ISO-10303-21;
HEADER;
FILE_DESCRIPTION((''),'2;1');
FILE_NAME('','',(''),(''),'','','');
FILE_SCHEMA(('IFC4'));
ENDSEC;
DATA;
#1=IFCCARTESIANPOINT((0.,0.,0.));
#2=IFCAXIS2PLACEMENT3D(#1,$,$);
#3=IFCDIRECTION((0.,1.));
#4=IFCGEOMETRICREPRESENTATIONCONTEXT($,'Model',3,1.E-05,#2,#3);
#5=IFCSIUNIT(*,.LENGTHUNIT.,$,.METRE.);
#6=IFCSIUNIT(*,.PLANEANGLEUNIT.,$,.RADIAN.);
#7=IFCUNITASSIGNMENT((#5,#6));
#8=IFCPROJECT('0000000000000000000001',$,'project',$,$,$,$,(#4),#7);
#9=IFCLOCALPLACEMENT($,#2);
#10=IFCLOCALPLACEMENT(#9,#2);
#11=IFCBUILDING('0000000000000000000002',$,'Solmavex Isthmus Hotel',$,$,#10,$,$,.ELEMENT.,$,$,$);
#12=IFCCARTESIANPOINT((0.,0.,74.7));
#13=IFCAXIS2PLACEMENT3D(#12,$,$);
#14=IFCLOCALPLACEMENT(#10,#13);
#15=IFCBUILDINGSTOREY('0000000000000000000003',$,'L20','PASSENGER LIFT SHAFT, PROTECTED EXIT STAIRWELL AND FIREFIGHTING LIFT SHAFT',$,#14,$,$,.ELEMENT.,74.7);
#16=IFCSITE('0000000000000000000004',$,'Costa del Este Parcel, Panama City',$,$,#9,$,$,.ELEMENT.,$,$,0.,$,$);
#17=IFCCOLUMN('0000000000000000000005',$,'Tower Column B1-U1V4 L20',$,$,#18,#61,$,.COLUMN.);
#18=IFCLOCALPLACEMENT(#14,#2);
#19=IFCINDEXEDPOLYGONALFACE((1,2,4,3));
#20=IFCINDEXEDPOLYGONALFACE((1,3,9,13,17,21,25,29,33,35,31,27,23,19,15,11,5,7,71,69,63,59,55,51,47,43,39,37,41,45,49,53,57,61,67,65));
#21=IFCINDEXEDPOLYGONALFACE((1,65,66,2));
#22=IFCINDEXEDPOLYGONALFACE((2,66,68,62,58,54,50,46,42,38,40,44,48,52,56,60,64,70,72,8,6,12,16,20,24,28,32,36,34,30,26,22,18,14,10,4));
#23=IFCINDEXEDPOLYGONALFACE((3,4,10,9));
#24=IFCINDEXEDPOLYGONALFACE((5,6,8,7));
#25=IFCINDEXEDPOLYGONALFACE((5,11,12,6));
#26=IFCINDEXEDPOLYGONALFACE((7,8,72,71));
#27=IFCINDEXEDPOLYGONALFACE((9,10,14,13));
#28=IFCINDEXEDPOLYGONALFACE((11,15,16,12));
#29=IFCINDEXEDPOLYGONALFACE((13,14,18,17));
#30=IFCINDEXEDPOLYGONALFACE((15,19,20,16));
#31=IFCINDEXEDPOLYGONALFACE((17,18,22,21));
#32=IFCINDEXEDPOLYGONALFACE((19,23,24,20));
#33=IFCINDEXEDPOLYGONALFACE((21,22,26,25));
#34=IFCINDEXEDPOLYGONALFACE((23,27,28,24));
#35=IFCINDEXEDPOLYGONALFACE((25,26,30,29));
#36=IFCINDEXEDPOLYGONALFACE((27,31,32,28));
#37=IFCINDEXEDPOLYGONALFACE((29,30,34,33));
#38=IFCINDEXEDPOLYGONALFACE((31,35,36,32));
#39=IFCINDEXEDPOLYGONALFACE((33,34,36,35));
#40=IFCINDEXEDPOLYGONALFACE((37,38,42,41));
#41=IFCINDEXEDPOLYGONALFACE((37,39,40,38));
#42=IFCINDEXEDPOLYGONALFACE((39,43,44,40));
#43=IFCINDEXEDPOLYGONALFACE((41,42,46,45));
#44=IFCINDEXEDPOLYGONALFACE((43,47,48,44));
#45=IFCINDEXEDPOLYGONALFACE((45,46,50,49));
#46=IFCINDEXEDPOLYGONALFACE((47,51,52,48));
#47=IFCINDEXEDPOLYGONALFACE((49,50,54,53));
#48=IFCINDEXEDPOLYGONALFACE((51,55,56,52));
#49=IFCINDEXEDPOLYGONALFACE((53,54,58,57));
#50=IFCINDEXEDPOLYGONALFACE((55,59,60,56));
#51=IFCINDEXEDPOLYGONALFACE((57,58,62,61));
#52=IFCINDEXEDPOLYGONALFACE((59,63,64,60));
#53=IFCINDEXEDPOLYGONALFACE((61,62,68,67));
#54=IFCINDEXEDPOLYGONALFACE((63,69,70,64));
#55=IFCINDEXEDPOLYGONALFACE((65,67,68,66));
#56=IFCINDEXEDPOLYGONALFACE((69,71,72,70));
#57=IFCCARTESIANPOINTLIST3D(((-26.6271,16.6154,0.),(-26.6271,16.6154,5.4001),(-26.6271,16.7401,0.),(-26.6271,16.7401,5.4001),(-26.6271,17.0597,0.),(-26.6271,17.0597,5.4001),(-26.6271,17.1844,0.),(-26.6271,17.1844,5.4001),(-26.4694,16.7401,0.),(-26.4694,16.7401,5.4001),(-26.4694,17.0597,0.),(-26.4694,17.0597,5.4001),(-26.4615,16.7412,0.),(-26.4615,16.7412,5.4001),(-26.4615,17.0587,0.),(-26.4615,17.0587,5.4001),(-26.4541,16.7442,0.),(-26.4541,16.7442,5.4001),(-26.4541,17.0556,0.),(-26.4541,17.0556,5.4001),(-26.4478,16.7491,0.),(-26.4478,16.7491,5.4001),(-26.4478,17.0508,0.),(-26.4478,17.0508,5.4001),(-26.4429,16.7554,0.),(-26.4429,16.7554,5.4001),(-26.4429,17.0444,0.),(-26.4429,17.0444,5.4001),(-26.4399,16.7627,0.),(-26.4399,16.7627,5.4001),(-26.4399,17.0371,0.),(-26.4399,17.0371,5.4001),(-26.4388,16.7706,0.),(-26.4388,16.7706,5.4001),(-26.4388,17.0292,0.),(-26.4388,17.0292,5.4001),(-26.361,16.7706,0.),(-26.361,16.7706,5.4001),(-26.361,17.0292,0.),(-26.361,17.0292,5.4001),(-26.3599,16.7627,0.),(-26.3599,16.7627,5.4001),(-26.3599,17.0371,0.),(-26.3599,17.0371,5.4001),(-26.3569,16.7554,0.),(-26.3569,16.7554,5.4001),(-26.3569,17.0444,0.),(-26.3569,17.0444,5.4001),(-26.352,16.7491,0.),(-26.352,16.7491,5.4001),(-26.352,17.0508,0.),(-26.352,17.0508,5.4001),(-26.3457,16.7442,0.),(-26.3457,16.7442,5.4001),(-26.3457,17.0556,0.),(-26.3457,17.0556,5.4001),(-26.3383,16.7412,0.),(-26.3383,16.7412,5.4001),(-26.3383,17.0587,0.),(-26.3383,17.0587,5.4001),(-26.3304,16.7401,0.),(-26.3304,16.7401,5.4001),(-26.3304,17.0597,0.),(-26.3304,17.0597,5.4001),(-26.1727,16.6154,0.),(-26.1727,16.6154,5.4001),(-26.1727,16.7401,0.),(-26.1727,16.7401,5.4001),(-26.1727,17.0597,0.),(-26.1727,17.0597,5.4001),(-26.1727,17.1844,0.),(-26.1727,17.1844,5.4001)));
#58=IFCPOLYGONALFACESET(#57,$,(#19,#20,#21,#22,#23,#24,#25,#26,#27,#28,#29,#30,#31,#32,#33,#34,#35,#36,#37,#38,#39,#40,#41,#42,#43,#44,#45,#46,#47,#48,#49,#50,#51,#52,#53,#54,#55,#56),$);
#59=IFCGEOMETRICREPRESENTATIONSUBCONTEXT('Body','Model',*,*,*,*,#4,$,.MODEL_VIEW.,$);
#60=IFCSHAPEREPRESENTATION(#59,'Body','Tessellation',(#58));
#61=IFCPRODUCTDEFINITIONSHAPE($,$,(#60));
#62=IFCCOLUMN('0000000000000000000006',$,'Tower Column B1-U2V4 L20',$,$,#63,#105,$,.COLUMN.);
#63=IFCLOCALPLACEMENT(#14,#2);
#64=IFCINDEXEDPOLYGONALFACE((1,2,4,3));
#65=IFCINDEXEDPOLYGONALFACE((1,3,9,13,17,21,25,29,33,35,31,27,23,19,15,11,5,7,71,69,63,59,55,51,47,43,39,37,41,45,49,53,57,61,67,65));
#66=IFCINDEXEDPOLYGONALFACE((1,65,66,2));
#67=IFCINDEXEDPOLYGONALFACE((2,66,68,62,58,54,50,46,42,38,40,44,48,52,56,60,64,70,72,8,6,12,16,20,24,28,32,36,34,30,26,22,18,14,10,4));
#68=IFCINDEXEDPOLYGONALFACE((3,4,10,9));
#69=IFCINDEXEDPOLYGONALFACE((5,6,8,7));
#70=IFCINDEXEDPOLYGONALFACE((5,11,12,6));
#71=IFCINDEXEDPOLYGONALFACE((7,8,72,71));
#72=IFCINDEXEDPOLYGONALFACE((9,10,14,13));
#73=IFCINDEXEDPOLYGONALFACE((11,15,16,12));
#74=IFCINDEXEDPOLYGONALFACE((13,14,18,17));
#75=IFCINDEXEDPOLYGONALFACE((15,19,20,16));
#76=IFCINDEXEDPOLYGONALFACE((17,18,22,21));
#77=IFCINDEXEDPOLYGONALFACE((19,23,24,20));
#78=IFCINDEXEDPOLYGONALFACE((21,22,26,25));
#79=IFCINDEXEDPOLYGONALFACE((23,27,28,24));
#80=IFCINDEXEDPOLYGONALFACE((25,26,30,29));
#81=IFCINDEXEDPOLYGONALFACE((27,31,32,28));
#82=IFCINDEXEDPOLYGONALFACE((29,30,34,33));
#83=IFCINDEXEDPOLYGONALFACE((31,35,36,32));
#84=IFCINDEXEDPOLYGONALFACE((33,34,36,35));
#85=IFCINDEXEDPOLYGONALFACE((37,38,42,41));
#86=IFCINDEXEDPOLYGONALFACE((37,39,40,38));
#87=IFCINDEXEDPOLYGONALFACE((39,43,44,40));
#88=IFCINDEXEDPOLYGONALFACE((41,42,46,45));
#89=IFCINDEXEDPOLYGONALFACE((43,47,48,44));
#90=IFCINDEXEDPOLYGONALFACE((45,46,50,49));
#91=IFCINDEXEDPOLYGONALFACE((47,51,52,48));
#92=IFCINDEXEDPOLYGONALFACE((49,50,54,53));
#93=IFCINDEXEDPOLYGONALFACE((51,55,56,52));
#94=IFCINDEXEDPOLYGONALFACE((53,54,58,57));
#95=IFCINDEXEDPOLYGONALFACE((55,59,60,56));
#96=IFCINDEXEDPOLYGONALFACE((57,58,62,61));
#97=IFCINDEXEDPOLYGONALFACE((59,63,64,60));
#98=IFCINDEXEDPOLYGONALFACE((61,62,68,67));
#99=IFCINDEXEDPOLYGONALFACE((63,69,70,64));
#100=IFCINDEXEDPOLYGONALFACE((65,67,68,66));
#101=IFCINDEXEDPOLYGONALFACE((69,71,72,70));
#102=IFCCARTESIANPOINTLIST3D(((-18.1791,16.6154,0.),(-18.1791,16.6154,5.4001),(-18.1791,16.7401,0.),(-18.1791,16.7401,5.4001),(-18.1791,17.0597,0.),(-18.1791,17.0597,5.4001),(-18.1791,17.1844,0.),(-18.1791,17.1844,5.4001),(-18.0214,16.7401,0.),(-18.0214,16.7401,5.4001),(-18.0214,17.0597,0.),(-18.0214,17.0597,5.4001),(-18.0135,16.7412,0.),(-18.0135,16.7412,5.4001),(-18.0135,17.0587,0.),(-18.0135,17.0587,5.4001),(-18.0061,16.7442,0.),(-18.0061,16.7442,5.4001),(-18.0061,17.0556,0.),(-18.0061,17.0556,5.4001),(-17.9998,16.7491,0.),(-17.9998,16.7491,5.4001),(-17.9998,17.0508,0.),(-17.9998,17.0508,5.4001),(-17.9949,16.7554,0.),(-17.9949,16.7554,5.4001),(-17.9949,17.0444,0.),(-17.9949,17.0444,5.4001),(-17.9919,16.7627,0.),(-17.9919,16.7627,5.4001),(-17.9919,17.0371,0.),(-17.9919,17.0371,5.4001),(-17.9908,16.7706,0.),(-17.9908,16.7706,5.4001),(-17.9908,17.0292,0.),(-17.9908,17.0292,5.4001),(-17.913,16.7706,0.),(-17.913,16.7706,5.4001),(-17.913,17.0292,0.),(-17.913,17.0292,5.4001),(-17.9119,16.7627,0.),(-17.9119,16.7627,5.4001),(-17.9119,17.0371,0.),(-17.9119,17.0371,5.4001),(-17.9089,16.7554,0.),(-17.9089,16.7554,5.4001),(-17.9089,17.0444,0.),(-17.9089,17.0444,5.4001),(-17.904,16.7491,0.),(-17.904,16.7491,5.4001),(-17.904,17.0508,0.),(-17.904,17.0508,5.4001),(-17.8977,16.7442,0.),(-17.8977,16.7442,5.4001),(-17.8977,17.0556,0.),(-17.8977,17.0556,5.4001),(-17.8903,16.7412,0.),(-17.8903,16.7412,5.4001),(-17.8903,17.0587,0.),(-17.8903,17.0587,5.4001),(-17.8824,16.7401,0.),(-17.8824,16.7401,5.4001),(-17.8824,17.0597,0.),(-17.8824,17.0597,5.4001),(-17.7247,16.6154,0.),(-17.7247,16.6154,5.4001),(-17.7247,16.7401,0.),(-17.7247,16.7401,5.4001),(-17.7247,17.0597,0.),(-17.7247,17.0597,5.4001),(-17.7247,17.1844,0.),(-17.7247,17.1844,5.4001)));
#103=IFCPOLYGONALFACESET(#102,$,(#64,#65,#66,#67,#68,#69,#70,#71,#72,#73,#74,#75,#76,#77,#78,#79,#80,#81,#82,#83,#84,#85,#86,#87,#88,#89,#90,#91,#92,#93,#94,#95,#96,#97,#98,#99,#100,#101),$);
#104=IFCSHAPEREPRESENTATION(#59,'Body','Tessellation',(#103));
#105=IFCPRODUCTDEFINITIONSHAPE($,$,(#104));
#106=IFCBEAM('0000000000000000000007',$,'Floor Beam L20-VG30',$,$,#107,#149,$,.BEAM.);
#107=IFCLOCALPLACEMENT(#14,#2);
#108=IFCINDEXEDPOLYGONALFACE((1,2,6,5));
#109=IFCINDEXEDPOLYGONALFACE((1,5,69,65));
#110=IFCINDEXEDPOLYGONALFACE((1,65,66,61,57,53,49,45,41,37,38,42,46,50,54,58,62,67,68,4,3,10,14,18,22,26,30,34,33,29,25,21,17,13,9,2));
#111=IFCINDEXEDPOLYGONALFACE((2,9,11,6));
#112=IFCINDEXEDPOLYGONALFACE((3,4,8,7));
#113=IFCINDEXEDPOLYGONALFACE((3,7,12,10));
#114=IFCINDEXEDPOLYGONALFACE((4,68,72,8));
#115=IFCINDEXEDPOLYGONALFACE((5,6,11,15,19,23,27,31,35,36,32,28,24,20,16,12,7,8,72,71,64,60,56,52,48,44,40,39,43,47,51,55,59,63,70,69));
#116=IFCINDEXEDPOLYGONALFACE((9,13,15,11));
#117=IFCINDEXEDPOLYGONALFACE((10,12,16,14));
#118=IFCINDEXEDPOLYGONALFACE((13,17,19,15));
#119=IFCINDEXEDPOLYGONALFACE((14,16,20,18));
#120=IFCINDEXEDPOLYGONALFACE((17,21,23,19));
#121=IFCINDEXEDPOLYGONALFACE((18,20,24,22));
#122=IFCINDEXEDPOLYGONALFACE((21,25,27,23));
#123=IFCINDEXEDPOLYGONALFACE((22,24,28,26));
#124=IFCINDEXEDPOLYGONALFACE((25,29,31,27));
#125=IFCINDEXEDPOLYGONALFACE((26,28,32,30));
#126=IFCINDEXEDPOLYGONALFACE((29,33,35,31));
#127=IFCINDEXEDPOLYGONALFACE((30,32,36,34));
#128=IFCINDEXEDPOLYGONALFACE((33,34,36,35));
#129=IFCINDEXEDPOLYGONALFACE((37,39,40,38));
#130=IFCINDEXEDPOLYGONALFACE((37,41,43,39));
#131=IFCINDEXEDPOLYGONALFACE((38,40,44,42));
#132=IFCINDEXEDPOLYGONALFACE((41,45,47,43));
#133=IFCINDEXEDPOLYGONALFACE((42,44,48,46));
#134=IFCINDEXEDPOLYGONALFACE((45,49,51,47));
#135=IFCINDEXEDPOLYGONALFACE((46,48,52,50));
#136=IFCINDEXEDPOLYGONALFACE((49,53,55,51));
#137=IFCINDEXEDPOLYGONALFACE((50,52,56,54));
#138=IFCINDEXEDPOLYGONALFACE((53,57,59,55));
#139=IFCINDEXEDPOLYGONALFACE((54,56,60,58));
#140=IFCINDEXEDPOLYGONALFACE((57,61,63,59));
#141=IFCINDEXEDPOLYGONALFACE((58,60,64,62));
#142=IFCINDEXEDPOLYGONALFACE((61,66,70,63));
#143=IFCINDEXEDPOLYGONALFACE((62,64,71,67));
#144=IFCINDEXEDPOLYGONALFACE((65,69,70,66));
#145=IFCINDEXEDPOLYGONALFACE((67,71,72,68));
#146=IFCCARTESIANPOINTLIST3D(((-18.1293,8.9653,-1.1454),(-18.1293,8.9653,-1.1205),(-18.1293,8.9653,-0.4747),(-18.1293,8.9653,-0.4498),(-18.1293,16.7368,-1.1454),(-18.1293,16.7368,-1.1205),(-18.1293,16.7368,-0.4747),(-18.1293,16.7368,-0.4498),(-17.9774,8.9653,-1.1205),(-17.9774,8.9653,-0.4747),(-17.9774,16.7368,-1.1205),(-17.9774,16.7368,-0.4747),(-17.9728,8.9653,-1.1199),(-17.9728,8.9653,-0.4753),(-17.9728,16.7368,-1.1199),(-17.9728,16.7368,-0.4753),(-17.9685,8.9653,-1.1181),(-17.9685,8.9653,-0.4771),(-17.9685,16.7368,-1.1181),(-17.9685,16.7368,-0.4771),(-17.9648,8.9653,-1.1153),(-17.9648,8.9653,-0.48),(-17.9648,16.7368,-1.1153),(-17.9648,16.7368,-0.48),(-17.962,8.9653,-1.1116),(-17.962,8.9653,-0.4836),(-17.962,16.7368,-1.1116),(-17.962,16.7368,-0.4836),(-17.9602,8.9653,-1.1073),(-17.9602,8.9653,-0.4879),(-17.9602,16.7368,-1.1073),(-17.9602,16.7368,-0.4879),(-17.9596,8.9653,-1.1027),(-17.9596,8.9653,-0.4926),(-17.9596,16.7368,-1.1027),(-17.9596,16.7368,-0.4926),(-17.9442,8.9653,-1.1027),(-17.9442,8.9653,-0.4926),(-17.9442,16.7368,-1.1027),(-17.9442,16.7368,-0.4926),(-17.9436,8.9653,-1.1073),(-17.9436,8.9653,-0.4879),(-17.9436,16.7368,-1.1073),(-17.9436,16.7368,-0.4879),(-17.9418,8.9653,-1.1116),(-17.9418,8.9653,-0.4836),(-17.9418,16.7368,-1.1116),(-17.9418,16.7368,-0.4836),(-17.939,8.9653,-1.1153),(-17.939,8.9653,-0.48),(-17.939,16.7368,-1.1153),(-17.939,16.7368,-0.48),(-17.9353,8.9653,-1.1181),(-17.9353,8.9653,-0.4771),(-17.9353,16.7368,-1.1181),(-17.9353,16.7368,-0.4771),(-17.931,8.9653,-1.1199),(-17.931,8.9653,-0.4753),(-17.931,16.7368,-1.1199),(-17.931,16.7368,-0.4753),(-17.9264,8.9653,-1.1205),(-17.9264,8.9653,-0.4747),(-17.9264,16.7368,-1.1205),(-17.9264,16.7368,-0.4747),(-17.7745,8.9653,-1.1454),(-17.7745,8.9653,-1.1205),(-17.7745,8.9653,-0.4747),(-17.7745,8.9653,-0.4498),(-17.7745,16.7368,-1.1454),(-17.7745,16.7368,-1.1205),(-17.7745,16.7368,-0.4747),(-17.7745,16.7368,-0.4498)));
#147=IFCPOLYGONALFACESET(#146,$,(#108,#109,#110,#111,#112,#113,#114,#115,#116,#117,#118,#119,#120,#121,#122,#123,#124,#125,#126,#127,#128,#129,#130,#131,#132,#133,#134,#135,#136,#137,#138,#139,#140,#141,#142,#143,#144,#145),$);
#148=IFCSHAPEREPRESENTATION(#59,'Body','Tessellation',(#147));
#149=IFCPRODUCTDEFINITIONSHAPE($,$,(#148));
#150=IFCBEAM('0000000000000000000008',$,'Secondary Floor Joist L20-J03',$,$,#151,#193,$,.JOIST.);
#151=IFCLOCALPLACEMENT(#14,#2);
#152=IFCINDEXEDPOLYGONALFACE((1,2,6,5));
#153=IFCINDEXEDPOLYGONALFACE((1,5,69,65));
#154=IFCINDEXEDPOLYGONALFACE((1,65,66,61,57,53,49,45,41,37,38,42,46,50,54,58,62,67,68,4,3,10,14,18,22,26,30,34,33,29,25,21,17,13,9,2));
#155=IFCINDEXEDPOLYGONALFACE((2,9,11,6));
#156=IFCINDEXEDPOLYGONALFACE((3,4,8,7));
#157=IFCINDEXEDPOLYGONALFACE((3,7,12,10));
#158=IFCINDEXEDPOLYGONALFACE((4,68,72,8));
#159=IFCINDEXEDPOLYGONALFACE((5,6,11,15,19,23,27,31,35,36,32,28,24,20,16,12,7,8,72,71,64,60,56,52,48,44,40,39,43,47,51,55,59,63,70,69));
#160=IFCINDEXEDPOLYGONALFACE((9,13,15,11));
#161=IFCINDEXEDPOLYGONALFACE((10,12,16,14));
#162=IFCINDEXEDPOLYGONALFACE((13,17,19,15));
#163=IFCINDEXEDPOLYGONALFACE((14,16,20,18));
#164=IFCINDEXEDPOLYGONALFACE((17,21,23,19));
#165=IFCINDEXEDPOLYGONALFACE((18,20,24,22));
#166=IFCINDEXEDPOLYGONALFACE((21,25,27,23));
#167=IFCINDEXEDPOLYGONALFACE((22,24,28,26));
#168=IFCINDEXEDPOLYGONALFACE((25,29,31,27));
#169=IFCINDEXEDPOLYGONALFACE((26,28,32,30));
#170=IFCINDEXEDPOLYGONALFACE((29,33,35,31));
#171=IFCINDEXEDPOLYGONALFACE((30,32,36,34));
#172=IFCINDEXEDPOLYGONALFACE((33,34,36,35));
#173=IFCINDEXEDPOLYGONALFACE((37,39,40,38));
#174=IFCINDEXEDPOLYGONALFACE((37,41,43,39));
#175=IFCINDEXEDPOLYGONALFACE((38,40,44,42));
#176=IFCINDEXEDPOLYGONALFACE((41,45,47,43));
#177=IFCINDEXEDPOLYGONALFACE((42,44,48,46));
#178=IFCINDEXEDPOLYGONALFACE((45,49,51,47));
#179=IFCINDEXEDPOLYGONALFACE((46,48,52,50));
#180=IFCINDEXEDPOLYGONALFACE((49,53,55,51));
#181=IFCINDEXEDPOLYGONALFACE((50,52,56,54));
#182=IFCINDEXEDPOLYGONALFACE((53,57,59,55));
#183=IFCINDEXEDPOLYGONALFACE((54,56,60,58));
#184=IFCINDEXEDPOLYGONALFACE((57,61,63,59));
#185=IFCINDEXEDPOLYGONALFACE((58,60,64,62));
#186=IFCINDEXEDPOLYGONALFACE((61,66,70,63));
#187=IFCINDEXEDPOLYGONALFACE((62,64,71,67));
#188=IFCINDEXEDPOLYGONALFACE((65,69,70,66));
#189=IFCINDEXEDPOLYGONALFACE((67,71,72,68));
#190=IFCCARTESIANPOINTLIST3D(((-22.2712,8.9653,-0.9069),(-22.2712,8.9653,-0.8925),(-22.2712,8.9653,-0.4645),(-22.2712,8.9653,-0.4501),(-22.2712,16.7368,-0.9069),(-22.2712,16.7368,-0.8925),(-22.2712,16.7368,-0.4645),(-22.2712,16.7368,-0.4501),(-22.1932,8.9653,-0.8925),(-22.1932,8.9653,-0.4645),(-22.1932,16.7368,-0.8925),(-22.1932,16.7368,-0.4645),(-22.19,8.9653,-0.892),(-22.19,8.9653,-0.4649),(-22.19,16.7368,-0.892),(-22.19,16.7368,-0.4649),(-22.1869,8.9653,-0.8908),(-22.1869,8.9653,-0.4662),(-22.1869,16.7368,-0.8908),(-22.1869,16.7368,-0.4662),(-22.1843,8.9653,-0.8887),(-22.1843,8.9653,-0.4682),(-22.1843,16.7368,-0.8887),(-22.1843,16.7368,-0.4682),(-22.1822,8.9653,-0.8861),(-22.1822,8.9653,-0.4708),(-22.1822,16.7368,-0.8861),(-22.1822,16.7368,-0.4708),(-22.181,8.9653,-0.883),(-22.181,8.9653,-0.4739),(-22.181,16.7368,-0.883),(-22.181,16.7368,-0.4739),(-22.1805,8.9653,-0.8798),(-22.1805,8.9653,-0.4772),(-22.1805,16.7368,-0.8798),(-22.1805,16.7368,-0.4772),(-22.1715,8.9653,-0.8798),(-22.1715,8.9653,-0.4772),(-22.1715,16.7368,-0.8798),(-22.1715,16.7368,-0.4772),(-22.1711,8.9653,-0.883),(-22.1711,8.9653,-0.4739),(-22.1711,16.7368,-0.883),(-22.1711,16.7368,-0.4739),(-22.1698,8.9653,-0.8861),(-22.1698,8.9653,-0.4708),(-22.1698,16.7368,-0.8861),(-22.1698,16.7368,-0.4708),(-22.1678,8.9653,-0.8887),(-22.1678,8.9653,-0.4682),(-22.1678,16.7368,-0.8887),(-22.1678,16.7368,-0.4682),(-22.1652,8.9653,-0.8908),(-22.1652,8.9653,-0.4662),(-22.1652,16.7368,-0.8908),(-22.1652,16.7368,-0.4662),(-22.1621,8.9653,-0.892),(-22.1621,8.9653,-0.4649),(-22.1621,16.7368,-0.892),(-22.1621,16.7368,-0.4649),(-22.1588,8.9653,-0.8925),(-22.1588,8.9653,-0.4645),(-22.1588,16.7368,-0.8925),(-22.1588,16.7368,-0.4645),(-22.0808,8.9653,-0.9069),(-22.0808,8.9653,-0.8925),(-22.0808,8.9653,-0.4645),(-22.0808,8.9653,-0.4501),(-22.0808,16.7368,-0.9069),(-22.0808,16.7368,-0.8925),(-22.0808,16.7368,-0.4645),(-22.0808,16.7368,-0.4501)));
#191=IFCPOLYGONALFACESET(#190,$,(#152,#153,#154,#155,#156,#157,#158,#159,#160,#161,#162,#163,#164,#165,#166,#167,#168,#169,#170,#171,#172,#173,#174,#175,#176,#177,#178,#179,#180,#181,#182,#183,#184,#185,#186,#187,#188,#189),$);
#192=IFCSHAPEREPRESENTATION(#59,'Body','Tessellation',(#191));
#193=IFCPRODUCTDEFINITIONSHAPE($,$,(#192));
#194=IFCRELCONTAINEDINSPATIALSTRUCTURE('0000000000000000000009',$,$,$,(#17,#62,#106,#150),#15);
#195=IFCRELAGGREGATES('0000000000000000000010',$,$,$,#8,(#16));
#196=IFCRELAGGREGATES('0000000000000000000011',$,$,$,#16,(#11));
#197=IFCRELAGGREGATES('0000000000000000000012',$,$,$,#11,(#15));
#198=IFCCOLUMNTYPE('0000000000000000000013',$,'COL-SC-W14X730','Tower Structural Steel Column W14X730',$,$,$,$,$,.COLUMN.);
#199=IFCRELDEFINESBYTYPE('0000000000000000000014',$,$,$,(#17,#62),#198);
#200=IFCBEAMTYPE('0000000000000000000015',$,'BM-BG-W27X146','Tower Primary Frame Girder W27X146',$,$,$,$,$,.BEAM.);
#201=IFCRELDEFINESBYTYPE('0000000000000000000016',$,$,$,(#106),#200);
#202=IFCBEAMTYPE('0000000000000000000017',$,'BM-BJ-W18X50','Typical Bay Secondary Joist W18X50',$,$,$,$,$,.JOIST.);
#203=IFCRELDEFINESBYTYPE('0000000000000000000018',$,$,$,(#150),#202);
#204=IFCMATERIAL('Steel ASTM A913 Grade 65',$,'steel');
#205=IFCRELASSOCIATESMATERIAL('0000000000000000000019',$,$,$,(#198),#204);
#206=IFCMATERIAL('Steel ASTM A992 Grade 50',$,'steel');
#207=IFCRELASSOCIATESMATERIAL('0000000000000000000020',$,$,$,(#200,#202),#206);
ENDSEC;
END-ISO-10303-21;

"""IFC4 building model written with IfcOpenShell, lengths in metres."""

from ifc_helpers import new_model, si_unit, direction, frame, origin, origin_2d, place, context, subcontext, project, spatial, i_section, extrude, material, material_profile, profile_set, type_object, element, save


model = new_model("IFC4")

# Units and contexts
model_context = context("Model", 3, precision=1e-05, world=origin(), true_north=direction((0.0, 1.0)))
body_context = subcontext(model_context, "Body", "Model", "MODEL_VIEW")
ifc_project = project(units=[si_unit("LENGTHUNIT", "METRE"), si_unit("PLANEANGLEUNIT", "RADIAN")], contexts=[model_context])

# Site, building, storey
site_placement = place(None, origin())
site = spatial("IfcSite", under=ifc_project, at=site_placement, Name="Costa del Este Parcel, Panama City", CompositionType="ELEMENT", RefElevation=0.0)
building_placement = place(site_placement, origin())
building = spatial("IfcBuilding", under=site, at=building_placement, Name="Solmavex Isthmus Hotel", CompositionType="ELEMENT")
storey_placement = place(building_placement, frame((0.0, 0.0, 74.7)))
storey = spatial("IfcBuildingStorey", under=building, at=storey_placement, Name="L20", Description="PASSENGER LIFT SHAFT, PROTECTED EXIT STAIRWELL AND FIREFIGHTING LIFT SHAFT", CompositionType="ELEMENT", Elevation=74.7)

# Columns
ifc_material_1 = material(Name="Steel ASTM A913 Grade 65", Category="steel")
ifc_material_profile_1 = material_profile(ifc_material_1, i_section(OverallWidth=0.4543, OverallDepth=0.5691, WebThickness=0.0779, FlangeThickness=0.1248, FilletRadius=0.0305, at=origin_2d()), Name="W14X730")
ifc_profile_set_1 = profile_set([ifc_material_profile_1], Name="Steel ASTM A913 Grade 65")
column_type = type_object("IfcColumnType", Name="COL-SC-W14X730", Description="Tower Structural Steel Column W14X730", PredefinedType="COLUMN", material=ifc_profile_set_1)
for number, where, z_axis, x_axis, name in (
    (1, (-26.3999, 16.8999, 0.0), (0.0, 0.0, 1.0), (1.0, 0.0, 0.0), "Tower Column B1-U1V4 L20"),
    (2, (-17.9519, 16.8999, 0.0), (0.0, 0.0, 1.0), (1.0, 0.0, 0.0), "Tower Column B1-U2V4 L20"),
):
    element("IfcColumn", number, at=place(storey_placement, frame(where, z_axis=z_axis, x_axis=x_axis)), inside=storey, type_object=column_type, Name=name, PredefinedType="COLUMN", context=body_context, shape_type="SweptSolid", body=[
        extrude(i_section(OverallWidth=0.4543, OverallDepth=0.5691, WebThickness=0.0779, FlangeThickness=0.1248, FilletRadius=0.0305, at=origin_2d()), origin(), (0.0, 0.0, 1.0), 5.4001),
    ])

# Beams
ifc_material_2 = material(Name="Steel ASTM A992 Grade 50", Category="steel")
ifc_material_profile_2 = material_profile(ifc_material_2, i_section(OverallWidth=0.3547, OverallDepth=0.6956, WebThickness=0.0154, FlangeThickness=0.0249, FilletRadius=0.0178, at=origin_2d()), Name="W27X146")
ifc_profile_set_2 = profile_set([ifc_material_profile_2], Name="Steel ASTM A992 Grade 50")
beam_type_1 = type_object("IfcBeamType", Name="BM-BG-W27X146", Description="Tower Primary Frame Girder W27X146", PredefinedType="BEAM", material=ifc_profile_set_2)
beam_1_placement = place(storey_placement, frame((-17.9519, 8.9653, -0.7976), z_axis=(0.0, 1.0, 0.0), x_axis=(-1.0, 0.0, 0.0)))
element("IfcBeam", 3, at=beam_1_placement, inside=storey, type_object=beam_type_1, Name="Floor Beam L20-VG30", PredefinedType="BEAM", context=body_context, shape_type="SweptSolid", body=[
    extrude(i_section(OverallWidth=0.3547, OverallDepth=0.6956, WebThickness=0.0154, FlangeThickness=0.0249, FilletRadius=0.0178, at=origin_2d()), origin(), (0.0, 0.0, 1.0), 7.7715),
])
ifc_material_profile_3 = material_profile(ifc_material_2, i_section(OverallWidth=0.1904, OverallDepth=0.4568, WebThickness=0.009, FlangeThickness=0.0144, FilletRadius=0.0127, at=origin_2d()), Name="W18X50")
ifc_profile_set_3 = profile_set([ifc_material_profile_3], Name="Steel ASTM A992 Grade 50")
beam_type_2 = type_object("IfcBeamType", Name="BM-BJ-W18X50", Description="Typical Bay Secondary Joist W18X50", PredefinedType="JOIST", material=ifc_profile_set_3)
beam_2_placement = place(storey_placement, frame((-22.176, 8.9653, -0.6785), z_axis=(0.0, 1.0, 0.0), x_axis=(-1.0, 0.0, 0.0)))
element("IfcBeam", 4, at=beam_2_placement, inside=storey, type_object=beam_type_2, Name="Secondary Floor Joist L20-J03", PredefinedType="JOIST", context=body_context, shape_type="SweptSolid", body=[
    extrude(i_section(OverallWidth=0.1904, OverallDepth=0.4568, WebThickness=0.009, FlangeThickness=0.0144, FilletRadius=0.0127, at=origin_2d()), origin(), (0.0, 0.0, 1.0), 7.7715),
])

save(model, "model.ifc")
